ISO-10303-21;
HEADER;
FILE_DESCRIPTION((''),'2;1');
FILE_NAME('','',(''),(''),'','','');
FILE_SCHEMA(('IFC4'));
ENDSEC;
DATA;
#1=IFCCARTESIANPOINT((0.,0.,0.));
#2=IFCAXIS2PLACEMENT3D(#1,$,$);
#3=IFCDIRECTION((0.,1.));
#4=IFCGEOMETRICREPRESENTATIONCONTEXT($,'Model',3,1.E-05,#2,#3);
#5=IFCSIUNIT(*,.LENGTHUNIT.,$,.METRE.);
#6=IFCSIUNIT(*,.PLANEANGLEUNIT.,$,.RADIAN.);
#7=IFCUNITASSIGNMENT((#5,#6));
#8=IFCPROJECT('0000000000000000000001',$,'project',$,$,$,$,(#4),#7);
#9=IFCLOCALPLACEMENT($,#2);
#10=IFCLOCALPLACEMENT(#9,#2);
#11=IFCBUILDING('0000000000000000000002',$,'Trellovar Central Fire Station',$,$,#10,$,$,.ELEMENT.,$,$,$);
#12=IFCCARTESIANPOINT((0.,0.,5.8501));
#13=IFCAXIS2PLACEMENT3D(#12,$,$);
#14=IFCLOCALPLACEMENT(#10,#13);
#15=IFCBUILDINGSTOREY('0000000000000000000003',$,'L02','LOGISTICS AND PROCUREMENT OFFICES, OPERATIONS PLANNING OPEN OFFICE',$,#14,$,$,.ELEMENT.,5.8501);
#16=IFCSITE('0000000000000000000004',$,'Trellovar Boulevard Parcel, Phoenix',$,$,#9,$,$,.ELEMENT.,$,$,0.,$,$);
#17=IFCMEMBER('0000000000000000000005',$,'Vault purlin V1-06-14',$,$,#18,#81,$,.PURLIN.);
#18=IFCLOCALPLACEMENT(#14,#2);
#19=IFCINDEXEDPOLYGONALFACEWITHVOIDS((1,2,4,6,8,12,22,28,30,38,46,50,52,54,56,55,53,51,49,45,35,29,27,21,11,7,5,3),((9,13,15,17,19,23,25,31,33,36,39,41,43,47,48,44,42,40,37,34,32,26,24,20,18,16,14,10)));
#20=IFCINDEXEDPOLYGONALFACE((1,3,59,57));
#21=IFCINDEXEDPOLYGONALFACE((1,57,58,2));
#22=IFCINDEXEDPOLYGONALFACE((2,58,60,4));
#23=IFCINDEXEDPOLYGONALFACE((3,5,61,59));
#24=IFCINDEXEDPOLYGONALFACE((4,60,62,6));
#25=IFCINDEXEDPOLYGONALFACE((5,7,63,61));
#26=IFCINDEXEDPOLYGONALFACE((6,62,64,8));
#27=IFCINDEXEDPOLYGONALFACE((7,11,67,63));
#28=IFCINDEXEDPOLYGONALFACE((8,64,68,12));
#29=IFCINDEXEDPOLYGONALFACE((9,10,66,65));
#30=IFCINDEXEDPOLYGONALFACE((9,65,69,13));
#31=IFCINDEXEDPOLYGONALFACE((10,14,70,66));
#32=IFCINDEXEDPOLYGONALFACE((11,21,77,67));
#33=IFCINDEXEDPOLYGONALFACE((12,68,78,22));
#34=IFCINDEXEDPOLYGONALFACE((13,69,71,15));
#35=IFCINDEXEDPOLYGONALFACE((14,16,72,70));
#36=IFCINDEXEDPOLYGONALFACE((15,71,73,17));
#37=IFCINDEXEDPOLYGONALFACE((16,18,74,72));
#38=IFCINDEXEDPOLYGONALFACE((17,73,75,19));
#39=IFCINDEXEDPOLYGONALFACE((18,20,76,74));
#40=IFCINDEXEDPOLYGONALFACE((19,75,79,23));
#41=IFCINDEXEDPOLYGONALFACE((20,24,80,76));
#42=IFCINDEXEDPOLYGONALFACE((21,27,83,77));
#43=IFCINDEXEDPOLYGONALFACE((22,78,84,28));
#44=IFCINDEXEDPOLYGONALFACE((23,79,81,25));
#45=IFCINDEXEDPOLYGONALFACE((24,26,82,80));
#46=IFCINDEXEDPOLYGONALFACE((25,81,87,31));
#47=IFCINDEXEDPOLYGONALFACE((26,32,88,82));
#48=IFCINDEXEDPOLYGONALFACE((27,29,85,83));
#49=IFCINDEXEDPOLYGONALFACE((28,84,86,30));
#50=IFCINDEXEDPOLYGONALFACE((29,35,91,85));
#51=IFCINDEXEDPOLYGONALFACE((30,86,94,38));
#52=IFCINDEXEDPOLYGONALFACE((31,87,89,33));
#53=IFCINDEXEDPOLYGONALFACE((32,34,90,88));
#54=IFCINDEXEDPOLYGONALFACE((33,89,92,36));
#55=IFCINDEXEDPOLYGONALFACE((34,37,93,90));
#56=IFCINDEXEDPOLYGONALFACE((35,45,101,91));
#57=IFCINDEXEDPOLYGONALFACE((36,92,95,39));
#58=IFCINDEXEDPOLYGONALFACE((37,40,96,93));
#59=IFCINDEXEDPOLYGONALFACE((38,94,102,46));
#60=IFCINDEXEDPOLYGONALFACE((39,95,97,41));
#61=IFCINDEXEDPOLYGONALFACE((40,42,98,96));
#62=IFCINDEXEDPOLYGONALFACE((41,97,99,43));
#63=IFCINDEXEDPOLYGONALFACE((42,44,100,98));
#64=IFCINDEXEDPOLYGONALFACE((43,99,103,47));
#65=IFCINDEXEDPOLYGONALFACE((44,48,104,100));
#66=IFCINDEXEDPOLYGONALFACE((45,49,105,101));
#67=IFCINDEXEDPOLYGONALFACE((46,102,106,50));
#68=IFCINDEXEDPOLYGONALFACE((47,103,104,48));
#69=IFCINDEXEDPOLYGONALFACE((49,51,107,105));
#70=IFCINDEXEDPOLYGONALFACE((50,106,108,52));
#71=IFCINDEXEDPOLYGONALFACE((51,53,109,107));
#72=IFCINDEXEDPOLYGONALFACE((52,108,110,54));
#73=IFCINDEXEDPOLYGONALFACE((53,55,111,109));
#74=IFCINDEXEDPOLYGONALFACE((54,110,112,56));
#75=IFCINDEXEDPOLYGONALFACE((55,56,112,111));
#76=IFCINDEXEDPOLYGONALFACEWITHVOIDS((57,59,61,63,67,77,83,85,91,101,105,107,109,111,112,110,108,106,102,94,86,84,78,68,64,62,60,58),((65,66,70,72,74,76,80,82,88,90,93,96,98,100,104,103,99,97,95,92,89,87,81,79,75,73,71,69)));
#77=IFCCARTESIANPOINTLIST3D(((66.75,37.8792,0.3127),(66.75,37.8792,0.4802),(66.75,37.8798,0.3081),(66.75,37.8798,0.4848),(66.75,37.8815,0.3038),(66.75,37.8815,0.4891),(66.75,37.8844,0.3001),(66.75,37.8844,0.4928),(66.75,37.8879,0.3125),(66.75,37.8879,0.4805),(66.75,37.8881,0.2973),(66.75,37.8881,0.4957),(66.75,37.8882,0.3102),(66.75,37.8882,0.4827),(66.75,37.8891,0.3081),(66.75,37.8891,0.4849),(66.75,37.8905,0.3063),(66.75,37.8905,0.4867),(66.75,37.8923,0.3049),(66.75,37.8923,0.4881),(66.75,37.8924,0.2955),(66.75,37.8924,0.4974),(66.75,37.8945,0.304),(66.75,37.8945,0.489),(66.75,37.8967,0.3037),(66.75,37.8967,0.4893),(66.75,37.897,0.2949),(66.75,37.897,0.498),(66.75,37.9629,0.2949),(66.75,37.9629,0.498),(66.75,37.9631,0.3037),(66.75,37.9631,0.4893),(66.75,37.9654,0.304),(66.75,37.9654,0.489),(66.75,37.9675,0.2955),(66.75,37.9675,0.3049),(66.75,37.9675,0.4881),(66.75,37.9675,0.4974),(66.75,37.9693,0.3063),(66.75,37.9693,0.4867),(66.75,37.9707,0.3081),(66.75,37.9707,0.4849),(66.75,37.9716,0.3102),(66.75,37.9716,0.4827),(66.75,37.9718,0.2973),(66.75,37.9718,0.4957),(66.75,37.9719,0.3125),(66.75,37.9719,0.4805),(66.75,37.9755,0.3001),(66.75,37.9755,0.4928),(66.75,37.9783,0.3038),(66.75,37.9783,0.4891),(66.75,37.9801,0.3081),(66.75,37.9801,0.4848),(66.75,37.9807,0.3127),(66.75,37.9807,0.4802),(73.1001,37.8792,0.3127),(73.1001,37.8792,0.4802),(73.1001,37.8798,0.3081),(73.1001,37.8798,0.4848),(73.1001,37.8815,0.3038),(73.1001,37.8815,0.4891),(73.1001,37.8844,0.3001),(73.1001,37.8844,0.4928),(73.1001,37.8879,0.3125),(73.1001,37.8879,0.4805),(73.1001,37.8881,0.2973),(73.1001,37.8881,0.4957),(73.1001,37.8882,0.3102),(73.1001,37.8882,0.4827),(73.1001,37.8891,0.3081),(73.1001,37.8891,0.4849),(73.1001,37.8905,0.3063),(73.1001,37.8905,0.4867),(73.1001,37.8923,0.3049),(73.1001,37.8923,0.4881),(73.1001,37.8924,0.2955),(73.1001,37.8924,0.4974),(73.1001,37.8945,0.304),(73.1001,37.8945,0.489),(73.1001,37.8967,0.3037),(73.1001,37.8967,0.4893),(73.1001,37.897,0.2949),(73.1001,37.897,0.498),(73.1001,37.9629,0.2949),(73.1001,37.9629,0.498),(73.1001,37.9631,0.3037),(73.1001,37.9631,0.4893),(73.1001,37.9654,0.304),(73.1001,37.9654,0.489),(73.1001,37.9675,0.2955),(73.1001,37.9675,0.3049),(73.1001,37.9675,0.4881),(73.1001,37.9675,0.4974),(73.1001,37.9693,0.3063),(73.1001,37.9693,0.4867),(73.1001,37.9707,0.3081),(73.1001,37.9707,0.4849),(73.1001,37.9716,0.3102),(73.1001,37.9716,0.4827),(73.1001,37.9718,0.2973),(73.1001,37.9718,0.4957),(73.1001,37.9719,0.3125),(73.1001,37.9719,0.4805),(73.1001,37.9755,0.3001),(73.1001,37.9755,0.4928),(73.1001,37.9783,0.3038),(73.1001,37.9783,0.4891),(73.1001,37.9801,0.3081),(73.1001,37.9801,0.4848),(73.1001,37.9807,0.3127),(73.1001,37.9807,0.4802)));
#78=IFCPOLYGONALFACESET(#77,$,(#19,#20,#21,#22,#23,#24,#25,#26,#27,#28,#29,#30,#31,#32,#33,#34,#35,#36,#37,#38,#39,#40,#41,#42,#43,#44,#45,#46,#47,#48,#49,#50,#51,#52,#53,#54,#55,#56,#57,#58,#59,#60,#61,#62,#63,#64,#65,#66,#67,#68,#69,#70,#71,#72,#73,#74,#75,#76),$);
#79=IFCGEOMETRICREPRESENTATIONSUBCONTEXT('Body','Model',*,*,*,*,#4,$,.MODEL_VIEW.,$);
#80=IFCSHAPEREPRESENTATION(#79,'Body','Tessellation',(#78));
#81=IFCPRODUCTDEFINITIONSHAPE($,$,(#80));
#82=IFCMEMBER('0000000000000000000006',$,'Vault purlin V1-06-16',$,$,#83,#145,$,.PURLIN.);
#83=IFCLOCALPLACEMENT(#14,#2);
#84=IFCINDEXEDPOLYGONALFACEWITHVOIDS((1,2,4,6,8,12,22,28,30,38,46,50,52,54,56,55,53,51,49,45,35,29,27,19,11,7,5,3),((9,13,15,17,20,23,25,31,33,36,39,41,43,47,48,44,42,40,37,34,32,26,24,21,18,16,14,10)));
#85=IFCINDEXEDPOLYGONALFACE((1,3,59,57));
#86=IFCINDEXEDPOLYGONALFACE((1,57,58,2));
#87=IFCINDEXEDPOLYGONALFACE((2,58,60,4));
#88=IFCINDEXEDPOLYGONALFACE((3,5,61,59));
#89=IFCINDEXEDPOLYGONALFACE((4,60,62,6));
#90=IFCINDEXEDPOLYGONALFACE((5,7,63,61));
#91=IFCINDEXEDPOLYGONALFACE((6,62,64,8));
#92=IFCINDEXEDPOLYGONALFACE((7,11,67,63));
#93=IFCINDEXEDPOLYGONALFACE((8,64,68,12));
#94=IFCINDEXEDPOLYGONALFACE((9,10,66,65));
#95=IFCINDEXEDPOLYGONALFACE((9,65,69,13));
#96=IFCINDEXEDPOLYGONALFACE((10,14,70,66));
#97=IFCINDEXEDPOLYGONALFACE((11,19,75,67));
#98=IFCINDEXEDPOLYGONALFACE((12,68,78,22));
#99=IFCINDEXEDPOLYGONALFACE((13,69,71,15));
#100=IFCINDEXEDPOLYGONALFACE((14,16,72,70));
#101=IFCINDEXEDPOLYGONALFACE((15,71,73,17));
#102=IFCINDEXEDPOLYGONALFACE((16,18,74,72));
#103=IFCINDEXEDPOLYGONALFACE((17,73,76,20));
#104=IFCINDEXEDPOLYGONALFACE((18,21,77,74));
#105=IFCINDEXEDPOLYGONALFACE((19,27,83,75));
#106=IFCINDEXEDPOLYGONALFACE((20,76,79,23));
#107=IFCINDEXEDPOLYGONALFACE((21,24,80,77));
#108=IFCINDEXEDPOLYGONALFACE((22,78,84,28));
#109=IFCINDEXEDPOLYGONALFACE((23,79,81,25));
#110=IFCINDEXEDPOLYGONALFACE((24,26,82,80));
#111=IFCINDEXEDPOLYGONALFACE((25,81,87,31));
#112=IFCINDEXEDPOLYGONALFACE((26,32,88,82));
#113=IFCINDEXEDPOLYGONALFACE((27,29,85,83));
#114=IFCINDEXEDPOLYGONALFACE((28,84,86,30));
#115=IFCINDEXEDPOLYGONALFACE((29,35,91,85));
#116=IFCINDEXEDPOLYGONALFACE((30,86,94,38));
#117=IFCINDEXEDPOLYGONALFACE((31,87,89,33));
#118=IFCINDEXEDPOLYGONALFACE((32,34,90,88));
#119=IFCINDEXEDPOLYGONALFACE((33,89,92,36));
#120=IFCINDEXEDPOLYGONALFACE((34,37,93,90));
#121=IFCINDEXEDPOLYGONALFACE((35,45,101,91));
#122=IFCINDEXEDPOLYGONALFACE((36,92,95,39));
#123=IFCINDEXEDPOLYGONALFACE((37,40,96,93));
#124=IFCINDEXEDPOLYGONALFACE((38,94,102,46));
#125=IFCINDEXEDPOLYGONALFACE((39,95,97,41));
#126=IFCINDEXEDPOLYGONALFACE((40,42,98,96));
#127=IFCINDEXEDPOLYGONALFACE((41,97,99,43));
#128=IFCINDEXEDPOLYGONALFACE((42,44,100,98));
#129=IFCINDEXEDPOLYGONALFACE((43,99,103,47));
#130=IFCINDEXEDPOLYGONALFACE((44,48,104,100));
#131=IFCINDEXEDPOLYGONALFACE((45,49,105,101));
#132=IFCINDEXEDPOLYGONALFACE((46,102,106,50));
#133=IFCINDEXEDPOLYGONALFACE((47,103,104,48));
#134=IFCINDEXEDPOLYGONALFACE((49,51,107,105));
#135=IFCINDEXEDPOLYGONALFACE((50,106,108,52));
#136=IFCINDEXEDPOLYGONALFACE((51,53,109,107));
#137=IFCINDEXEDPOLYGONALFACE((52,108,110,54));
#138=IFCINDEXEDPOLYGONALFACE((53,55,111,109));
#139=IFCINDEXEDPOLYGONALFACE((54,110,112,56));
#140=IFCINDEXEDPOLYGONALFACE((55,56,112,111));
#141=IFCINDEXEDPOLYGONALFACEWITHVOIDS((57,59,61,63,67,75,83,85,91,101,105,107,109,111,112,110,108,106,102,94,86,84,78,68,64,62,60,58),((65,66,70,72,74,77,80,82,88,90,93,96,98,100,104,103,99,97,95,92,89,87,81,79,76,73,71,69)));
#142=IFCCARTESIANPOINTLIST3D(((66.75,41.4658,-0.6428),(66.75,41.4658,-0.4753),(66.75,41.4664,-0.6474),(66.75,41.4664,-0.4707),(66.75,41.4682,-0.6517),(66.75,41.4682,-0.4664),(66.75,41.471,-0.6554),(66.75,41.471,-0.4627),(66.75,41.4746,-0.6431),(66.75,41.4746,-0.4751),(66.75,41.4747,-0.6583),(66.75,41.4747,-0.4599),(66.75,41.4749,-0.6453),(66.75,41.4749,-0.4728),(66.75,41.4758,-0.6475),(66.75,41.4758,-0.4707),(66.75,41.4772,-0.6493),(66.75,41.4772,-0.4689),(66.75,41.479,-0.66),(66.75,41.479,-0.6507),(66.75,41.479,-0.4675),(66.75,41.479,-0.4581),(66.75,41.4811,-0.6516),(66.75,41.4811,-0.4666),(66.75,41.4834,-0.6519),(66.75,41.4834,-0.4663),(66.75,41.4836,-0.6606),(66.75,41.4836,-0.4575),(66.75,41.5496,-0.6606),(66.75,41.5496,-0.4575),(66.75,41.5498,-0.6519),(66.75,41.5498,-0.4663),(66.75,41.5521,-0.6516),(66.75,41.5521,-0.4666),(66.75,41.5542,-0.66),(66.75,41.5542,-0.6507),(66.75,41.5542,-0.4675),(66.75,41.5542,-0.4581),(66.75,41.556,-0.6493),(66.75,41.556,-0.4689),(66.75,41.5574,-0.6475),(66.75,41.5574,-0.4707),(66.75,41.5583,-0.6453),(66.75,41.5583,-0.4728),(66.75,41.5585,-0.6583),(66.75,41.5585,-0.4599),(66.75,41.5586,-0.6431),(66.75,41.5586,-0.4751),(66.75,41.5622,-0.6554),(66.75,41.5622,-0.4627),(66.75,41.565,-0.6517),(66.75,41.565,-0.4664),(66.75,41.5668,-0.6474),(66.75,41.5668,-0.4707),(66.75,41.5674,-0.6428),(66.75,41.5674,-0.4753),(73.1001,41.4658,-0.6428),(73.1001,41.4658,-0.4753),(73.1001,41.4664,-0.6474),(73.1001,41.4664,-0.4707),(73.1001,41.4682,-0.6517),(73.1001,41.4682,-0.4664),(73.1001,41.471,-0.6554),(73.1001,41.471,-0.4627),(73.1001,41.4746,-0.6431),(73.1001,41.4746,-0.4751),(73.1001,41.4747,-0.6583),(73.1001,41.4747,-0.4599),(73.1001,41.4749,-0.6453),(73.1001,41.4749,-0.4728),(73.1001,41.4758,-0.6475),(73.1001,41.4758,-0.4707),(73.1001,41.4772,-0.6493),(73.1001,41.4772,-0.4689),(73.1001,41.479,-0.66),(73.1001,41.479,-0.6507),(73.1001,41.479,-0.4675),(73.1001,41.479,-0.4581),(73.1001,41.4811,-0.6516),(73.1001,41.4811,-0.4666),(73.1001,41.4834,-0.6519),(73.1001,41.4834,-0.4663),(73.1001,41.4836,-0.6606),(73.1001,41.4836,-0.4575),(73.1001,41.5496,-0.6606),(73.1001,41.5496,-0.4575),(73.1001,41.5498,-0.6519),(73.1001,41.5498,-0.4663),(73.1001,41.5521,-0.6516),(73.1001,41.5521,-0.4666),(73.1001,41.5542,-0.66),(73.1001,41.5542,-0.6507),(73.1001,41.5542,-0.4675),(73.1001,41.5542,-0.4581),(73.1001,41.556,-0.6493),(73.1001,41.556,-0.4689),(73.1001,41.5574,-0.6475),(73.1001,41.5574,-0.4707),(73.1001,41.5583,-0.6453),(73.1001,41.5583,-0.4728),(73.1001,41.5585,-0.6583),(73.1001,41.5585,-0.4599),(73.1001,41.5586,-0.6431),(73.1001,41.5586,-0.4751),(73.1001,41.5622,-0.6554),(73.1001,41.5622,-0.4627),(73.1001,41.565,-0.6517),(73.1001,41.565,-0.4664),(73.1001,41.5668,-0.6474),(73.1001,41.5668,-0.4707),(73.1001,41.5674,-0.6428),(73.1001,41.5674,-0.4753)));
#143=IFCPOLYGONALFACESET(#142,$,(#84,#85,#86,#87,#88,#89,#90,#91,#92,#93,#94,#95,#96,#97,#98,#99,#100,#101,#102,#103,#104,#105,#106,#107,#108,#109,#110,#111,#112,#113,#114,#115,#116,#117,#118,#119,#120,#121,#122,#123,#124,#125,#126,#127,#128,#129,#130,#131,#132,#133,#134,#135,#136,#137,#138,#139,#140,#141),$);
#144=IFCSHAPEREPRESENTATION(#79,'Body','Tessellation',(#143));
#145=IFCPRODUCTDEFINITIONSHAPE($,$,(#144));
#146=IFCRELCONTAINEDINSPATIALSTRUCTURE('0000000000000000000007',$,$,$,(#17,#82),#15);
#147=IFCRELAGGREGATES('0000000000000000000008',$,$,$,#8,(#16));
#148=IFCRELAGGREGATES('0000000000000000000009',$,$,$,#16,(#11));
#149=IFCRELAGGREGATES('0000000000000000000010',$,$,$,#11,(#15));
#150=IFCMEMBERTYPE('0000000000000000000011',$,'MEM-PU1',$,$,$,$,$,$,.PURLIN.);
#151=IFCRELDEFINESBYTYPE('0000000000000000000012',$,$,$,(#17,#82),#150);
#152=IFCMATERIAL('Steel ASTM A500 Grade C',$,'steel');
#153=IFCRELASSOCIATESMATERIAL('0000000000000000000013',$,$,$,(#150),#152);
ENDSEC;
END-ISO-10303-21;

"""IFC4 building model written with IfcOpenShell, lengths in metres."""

from ifc_helpers import new_model, si_unit, direction, frame, origin, origin_2d, place, context, subcontext, project, spatial, hollow_rectangle, extrude, material, material_profile, profile_set, type_object, element, save


model = new_model("IFC4")

# Units and contexts
model_context = context("Model", 3, precision=1e-05, world=origin(), true_north=direction((0.0, 1.0)))
body_context = subcontext(model_context, "Body", "Model", "MODEL_VIEW")
ifc_project = project(units=[si_unit("LENGTHUNIT", "METRE"), si_unit("PLANEANGLEUNIT", "RADIAN")], contexts=[model_context])

# Site, building, storey
site_placement = place(None, origin())
site = spatial("IfcSite", under=ifc_project, at=site_placement, Name="Trellovar Boulevard Parcel, Phoenix", CompositionType="ELEMENT", RefElevation=0.0)
building_placement = place(site_placement, origin())
building = spatial("IfcBuilding", under=site, at=building_placement, Name="Trellovar Central Fire Station", CompositionType="ELEMENT")
storey_placement = place(building_placement, frame((0.0, 0.0, 5.8501)))
storey = spatial("IfcBuildingStorey", under=building, at=storey_placement, Name="L02", Description="LOGISTICS AND PROCUREMENT OFFICES, OPERATIONS PLANNING OPEN OFFICE", CompositionType="ELEMENT", Elevation=5.8501)

# Members
ifc_material_1 = material(Name="Steel ASTM A500 Grade C", Category="steel")
ifc_material_profile_1 = material_profile(ifc_material_1, hollow_rectangle(XDim=0.1016, YDim=0.2031, WallThickness=0.0088, InnerFilletRadius=0.0088, OuterFilletRadius=0.0178, at=origin_2d()), Name="HSS8X4X3/8")
ifc_profile_set_1 = profile_set([ifc_material_profile_1], Name="Steel ASTM A500 Grade C")
member_type_1 = type_object("IfcMemberType", Name="MEM-PU1", PredefinedType="PURLIN", material=ifc_profile_set_1)
for number, where, z_axis, x_axis, name in (
    (1, (66.75, 37.9299, 0.3965), (1.0, 0.0, 0.0), (0.0, 1.0, 0.0), "Vault purlin V1-06-14"),
    (2, (66.75, 41.5166, -0.5591), (1.0, 0.0, 0.0), (0.0, 1.0, 0.0), "Vault purlin V1-06-16"),
):
    element("IfcMember", number, at=place(storey_placement, frame(where, z_axis=z_axis, x_axis=x_axis)), inside=storey, type_object=member_type_1, Name=name, PredefinedType="PURLIN", context=body_context, shape_type="SweptSolid", body=[
        extrude(hollow_rectangle(XDim=0.1016, YDim=0.2031, WallThickness=0.0088, InnerFilletRadius=0.0088, OuterFilletRadius=0.0178, at=origin_2d()), origin(), (0.0, 0.0, 1.0), 6.3501),
    ])

save(model, "model.ifc")
